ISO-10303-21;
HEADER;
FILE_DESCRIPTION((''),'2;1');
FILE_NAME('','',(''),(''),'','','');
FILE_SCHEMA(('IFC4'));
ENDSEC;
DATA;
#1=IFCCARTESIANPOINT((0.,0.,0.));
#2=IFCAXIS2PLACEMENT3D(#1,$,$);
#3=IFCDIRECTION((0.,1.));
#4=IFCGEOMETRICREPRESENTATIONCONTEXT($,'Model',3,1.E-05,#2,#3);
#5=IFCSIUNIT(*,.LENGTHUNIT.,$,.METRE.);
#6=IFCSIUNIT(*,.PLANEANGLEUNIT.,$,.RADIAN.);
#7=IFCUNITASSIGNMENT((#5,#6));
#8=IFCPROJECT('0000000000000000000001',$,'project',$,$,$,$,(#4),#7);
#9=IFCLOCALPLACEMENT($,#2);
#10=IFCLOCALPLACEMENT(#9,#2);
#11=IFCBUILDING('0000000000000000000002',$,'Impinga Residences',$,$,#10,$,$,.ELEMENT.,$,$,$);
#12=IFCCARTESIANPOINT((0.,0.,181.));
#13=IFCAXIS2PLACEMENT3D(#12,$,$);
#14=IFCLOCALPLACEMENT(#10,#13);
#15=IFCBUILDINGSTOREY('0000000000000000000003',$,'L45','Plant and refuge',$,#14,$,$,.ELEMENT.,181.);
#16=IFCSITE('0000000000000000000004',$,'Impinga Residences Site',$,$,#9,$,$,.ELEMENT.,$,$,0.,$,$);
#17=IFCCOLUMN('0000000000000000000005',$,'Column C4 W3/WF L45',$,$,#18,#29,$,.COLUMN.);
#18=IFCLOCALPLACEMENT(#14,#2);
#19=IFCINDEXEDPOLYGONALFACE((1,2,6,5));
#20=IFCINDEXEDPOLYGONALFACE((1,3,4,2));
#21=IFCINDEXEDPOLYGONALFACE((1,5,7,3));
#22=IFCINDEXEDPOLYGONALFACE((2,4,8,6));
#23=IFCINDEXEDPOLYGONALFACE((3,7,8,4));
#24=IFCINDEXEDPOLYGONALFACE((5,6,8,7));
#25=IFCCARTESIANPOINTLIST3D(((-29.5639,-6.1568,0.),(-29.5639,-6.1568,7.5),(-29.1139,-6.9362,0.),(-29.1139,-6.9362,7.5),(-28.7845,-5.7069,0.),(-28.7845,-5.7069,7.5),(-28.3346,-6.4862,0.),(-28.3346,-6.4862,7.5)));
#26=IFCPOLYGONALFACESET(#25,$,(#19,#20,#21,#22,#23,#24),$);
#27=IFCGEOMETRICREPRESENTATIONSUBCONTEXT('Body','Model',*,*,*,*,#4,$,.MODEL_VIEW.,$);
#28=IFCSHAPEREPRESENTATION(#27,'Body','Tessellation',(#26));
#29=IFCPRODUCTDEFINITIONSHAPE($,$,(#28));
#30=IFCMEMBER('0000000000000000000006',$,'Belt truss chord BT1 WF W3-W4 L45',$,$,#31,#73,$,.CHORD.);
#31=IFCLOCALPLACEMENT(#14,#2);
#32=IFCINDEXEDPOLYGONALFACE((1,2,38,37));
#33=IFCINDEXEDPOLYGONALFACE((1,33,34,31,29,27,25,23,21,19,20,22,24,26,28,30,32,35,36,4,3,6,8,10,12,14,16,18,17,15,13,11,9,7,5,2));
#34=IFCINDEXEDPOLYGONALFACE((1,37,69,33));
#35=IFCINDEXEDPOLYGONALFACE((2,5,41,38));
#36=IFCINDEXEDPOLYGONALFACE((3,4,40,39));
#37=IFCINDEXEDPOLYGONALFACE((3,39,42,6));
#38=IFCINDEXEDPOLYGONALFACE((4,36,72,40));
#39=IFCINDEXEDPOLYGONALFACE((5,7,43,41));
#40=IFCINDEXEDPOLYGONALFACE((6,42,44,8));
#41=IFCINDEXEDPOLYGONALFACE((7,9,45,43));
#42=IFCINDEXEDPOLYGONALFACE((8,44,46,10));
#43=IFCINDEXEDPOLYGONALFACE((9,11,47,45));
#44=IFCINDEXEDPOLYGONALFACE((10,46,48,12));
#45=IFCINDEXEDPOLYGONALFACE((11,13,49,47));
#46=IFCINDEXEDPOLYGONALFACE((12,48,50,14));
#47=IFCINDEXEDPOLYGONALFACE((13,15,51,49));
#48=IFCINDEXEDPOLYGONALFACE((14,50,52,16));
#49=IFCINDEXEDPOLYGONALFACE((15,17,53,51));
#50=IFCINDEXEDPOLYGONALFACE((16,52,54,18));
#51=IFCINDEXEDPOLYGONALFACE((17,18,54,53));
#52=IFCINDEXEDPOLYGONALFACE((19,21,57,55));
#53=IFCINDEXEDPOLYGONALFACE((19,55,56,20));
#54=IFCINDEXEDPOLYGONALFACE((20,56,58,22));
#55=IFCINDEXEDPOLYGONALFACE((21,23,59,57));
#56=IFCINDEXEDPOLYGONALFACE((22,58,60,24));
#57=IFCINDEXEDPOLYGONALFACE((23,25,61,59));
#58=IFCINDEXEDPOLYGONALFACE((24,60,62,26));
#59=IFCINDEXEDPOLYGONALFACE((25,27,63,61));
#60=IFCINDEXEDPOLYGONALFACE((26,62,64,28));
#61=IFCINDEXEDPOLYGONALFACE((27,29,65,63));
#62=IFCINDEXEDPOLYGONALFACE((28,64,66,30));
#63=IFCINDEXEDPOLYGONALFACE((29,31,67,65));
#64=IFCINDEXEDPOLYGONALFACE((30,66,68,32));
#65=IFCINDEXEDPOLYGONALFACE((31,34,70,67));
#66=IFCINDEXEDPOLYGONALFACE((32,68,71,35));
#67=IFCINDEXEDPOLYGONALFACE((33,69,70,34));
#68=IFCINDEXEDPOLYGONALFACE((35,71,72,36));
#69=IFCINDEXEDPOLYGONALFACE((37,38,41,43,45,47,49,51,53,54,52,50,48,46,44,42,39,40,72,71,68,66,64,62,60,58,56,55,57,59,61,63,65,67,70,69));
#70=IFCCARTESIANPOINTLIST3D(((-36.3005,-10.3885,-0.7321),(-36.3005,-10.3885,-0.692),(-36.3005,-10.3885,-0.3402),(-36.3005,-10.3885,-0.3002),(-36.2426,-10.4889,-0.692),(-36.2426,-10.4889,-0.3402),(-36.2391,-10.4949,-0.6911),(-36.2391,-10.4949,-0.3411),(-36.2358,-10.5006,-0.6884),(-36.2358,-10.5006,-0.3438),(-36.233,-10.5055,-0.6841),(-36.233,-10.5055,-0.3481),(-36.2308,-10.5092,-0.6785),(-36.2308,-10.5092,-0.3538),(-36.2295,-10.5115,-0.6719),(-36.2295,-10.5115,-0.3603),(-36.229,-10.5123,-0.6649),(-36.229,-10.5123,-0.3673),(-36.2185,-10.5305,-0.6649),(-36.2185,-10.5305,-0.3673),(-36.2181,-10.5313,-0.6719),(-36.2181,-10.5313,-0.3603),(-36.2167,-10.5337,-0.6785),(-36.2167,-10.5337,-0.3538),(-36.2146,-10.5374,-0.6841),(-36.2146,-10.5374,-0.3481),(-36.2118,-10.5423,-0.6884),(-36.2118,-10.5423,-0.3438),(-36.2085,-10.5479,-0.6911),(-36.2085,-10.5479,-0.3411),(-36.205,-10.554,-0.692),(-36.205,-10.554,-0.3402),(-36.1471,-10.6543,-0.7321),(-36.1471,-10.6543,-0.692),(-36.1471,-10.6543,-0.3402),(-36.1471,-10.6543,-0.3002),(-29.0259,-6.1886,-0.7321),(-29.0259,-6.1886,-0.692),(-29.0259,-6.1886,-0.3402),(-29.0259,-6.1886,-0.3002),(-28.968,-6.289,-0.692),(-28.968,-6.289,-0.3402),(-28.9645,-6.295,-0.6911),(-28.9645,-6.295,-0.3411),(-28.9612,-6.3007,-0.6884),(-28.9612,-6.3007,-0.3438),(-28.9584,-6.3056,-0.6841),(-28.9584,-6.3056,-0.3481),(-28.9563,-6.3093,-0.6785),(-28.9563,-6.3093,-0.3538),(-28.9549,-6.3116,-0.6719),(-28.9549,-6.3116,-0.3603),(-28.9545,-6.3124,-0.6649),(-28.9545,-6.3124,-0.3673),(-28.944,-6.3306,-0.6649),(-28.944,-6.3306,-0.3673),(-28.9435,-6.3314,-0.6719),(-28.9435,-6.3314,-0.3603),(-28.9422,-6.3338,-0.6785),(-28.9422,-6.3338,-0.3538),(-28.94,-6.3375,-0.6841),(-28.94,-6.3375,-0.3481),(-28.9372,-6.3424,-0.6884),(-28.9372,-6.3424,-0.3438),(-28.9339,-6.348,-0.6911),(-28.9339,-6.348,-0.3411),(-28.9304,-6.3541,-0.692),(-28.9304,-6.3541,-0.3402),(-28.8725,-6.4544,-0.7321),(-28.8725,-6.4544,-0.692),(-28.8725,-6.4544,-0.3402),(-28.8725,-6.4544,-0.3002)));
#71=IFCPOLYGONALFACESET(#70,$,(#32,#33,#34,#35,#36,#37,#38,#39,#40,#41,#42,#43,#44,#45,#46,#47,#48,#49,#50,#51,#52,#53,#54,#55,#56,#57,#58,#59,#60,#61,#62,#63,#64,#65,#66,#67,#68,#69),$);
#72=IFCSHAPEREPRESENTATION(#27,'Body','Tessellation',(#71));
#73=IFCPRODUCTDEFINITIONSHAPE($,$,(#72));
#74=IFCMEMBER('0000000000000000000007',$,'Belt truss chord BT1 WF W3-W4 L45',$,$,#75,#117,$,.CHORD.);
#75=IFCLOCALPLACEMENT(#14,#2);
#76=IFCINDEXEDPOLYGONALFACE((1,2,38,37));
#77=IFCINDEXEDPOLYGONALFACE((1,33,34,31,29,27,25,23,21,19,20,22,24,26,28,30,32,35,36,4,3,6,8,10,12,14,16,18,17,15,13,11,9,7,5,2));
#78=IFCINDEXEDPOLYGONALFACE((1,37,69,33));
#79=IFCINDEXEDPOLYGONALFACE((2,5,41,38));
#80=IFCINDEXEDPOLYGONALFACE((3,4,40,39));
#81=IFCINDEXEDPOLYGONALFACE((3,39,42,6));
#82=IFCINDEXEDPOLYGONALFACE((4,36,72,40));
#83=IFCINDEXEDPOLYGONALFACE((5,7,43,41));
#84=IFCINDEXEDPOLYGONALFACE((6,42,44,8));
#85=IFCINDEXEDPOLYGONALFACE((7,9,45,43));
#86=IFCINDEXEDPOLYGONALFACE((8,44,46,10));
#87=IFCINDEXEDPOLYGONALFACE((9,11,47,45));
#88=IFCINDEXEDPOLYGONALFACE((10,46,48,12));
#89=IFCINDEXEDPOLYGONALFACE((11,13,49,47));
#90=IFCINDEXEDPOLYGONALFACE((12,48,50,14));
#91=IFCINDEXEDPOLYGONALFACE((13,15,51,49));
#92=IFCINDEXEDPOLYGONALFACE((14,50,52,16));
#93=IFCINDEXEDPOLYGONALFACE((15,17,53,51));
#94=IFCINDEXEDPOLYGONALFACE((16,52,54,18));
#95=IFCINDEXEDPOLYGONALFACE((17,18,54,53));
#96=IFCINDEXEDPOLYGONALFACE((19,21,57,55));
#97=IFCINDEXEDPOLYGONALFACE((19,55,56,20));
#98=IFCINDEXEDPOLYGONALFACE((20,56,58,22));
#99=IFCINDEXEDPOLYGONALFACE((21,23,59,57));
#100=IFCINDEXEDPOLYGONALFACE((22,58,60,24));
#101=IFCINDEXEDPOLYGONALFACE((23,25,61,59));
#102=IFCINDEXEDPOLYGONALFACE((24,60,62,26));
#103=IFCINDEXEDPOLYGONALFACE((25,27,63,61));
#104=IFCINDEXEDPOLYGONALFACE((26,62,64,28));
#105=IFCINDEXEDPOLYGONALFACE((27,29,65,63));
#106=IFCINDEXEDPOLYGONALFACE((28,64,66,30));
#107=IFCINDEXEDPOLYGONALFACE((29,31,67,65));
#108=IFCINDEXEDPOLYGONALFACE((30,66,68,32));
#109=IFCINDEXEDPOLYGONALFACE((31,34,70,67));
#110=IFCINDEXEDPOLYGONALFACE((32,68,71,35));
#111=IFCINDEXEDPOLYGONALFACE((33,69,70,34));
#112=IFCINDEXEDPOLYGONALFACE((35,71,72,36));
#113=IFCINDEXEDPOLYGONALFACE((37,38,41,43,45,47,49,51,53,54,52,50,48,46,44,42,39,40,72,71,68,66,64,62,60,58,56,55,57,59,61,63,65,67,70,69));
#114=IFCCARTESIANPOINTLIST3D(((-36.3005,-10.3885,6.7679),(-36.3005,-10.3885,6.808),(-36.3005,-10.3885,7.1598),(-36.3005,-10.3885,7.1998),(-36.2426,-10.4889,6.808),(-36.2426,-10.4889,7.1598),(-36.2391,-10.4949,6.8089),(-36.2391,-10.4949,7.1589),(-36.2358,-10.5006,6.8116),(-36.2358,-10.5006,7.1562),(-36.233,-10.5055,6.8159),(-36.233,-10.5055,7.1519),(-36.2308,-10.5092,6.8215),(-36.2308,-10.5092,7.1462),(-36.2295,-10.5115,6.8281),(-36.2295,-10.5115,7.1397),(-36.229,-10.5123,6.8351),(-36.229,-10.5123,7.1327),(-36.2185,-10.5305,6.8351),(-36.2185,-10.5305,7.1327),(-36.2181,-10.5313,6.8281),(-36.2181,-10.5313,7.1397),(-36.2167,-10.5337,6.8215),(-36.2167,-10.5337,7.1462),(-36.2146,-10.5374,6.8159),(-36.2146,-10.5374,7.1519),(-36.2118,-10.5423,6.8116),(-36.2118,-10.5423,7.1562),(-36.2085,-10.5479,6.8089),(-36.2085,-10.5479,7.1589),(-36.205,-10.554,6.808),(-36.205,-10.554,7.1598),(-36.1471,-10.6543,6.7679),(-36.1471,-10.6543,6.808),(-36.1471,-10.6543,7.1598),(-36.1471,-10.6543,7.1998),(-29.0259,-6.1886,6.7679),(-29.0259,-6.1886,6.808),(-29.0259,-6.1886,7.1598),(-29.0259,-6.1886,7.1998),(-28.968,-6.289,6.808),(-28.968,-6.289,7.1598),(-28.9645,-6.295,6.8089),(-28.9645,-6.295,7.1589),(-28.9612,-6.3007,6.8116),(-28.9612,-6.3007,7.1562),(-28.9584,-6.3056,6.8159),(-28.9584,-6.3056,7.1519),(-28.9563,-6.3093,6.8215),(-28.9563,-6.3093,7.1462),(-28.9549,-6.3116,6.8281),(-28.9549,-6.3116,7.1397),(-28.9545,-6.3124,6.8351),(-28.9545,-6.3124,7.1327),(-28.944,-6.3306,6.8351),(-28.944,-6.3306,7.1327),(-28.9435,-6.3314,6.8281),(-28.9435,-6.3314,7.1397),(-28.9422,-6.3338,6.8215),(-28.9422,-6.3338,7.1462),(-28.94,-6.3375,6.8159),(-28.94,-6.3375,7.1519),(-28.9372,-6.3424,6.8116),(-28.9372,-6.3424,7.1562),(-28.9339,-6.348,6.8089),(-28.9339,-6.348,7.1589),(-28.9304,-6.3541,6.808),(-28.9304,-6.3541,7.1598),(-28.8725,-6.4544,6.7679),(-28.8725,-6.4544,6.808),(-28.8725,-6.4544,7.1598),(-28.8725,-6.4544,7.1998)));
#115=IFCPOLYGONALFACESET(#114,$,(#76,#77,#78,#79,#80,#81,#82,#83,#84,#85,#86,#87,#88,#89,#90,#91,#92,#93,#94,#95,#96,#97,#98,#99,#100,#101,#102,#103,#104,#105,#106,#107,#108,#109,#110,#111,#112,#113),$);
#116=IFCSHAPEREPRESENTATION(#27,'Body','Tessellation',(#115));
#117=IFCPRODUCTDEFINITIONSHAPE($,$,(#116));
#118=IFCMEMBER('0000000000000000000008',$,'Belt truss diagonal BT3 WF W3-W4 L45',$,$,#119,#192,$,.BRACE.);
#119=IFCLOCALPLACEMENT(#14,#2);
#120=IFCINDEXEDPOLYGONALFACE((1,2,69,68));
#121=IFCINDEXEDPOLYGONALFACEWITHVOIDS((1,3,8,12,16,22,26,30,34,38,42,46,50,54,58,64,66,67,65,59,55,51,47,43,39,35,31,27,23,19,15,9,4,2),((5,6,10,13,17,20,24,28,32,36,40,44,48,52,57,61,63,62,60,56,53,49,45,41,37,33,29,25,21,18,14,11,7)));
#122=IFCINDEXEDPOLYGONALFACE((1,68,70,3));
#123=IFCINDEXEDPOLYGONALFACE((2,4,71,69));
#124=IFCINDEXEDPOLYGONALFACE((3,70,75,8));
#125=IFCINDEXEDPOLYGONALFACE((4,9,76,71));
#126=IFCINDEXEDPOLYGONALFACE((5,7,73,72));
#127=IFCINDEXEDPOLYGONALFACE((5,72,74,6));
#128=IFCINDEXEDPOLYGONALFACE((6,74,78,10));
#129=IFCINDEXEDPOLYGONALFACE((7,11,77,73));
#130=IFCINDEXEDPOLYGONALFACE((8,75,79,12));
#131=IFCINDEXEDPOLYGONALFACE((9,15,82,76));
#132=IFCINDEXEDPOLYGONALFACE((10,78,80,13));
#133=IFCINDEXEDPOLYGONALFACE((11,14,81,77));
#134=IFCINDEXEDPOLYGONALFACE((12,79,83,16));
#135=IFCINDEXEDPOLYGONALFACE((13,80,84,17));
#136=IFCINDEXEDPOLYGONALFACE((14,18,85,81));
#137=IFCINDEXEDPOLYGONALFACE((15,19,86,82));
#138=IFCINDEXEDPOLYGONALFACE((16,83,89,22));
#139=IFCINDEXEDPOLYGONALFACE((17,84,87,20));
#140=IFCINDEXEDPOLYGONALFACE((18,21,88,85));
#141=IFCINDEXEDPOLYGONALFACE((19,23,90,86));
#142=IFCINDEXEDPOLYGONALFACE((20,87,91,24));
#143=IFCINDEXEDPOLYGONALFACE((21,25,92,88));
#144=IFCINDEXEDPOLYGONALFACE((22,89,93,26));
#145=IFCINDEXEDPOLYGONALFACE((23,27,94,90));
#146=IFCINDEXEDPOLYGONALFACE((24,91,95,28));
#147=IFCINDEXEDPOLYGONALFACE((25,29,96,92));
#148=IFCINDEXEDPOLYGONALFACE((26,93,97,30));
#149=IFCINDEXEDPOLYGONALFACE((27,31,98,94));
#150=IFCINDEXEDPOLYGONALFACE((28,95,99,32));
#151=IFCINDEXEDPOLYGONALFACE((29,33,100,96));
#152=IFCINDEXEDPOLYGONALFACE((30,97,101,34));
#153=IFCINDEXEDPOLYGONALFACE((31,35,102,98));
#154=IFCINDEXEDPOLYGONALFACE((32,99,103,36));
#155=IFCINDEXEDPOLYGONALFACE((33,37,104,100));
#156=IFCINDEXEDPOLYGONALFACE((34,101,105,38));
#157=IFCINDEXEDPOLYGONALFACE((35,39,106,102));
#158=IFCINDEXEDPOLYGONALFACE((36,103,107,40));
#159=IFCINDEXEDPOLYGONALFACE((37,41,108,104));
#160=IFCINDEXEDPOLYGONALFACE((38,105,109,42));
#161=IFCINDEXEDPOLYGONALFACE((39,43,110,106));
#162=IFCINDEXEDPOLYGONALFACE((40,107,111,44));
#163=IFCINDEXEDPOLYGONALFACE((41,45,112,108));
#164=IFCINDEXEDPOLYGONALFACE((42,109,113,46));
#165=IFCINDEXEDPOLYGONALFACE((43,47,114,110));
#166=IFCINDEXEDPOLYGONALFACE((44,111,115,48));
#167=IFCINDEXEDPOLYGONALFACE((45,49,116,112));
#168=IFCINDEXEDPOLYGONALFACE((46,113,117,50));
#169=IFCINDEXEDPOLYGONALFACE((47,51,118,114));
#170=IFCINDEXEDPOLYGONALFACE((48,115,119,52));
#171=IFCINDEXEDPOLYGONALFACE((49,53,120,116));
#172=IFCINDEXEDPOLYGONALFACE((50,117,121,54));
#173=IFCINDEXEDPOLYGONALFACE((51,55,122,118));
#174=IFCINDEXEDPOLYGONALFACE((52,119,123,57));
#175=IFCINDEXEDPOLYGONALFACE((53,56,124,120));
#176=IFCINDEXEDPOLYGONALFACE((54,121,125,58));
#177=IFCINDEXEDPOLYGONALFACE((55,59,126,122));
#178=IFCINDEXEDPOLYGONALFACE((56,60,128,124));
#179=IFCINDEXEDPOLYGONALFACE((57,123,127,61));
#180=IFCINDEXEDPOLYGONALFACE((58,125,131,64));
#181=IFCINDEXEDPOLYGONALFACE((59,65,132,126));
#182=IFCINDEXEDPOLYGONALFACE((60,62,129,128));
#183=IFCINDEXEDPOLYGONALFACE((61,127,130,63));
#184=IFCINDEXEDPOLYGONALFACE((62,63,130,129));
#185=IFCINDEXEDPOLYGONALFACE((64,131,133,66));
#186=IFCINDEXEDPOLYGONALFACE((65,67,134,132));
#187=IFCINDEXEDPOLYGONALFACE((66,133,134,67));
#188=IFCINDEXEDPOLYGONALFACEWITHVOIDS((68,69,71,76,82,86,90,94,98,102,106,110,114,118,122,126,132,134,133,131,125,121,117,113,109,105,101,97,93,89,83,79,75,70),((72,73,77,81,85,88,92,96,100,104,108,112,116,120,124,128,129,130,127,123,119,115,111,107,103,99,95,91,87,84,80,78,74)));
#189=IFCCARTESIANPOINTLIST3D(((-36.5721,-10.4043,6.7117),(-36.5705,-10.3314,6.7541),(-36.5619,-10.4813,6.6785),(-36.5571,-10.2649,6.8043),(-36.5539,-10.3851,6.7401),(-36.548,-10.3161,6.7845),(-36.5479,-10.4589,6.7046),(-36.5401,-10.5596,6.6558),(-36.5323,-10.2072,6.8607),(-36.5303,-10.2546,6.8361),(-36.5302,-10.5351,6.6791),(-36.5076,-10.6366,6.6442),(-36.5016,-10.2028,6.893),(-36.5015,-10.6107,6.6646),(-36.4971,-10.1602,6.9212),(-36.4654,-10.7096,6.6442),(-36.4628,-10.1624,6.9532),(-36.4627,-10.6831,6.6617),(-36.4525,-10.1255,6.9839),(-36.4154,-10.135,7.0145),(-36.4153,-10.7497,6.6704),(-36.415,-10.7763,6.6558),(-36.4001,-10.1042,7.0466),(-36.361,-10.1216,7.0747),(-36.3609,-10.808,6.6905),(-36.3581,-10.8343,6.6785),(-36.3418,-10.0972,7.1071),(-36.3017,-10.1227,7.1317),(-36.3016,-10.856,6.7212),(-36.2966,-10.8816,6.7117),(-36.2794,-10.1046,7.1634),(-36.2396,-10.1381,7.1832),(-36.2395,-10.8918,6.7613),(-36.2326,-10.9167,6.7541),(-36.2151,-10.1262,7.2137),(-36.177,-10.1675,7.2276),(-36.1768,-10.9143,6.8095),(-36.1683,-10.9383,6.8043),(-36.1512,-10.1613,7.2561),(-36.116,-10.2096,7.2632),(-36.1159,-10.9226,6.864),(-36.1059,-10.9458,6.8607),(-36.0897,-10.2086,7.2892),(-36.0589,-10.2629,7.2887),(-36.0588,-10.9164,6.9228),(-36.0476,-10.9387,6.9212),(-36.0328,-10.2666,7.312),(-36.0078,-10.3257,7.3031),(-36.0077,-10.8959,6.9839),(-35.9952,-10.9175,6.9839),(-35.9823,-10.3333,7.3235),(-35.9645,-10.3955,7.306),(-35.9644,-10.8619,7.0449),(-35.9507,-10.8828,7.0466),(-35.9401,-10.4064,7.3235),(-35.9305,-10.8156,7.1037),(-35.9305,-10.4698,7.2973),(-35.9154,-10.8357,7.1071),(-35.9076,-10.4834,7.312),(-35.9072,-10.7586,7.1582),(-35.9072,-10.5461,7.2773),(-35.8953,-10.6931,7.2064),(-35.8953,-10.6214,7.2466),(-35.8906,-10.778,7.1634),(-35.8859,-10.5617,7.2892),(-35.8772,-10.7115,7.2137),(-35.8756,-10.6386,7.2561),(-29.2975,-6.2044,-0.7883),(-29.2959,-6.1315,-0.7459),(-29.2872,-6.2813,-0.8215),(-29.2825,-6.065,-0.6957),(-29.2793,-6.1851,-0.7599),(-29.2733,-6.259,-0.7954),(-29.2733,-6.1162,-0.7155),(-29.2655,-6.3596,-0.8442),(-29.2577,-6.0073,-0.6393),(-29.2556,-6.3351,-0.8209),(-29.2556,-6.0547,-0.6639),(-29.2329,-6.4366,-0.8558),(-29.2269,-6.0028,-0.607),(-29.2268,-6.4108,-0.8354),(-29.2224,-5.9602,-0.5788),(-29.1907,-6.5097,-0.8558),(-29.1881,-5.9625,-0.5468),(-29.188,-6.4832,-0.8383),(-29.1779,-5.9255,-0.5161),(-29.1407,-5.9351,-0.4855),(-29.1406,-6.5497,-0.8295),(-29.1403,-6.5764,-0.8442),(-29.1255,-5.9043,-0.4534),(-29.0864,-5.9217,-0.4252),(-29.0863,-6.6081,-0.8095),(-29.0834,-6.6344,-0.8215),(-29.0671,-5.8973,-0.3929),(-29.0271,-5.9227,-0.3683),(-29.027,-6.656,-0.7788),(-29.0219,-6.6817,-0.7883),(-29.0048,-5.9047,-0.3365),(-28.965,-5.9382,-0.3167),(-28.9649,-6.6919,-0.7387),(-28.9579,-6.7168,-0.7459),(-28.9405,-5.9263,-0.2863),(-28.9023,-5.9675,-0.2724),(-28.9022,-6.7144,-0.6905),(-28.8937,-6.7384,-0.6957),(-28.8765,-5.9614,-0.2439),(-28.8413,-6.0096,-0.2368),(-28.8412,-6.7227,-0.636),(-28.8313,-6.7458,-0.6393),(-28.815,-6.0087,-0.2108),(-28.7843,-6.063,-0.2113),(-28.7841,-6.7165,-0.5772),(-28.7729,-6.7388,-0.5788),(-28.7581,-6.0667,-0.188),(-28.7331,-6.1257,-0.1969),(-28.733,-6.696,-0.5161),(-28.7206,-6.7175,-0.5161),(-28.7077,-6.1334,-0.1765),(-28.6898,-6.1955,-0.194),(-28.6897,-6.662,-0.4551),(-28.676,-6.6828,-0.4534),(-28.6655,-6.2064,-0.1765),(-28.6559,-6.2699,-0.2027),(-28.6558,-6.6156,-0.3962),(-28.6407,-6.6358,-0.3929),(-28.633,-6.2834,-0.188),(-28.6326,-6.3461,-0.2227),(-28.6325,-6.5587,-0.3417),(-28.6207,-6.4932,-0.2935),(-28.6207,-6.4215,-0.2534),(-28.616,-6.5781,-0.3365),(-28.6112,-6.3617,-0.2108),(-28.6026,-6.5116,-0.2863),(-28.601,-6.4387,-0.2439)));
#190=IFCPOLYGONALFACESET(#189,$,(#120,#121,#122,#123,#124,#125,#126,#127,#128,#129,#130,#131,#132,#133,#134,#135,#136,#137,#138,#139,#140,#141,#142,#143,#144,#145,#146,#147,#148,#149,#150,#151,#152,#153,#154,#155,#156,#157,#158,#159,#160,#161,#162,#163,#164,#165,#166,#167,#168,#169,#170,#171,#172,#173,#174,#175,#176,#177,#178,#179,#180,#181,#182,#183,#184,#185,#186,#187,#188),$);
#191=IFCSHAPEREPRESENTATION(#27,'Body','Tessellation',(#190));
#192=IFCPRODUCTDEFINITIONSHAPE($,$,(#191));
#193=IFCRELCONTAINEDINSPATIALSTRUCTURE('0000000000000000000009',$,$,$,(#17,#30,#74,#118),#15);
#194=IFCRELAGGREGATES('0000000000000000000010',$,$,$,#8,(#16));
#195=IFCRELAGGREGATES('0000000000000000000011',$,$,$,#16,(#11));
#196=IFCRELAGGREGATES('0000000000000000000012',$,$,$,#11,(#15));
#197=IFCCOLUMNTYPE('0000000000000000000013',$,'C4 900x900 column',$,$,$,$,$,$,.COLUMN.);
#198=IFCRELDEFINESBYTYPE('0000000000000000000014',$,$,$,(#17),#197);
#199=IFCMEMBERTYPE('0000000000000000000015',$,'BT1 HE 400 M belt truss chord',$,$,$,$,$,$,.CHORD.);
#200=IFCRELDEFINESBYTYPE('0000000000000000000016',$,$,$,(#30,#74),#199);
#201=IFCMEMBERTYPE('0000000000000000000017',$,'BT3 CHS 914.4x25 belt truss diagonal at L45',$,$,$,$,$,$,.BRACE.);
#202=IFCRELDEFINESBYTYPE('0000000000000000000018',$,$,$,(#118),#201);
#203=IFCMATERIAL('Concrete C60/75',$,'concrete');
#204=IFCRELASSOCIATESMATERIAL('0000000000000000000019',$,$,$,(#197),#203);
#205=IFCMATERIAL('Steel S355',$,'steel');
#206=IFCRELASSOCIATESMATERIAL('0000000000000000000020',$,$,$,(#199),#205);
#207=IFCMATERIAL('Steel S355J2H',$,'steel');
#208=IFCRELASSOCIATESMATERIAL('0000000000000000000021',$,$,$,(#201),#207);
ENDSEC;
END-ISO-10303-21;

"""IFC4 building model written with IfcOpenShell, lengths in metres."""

from ifc_helpers import new_model, si_unit, direction, frame, origin, origin_2d, place, context, subcontext, project, spatial, rectangle, hollow_circle, i_section, extrude, material, material_profile, profile_set, type_object, element, save


model = new_model("IFC4")

# Units and contexts
model_context = context("Model", 3, precision=1e-05, world=origin(), true_north=direction((0.0, 1.0)))
body_context = subcontext(model_context, "Body", "Model", "MODEL_VIEW")
ifc_project = project(units=[si_unit("LENGTHUNIT", "METRE"), si_unit("PLANEANGLEUNIT", "RADIAN")], contexts=[model_context])

# Site, building, storey
site_placement = place(None, origin())
site = spatial("IfcSite", under=ifc_project, at=site_placement, Name="Impinga Residences Site", CompositionType="ELEMENT", RefElevation=0.0)
building_placement = place(site_placement, origin())
building = spatial("IfcBuilding", under=site, at=building_placement, Name="Impinga Residences", CompositionType="ELEMENT")
storey_placement = place(building_placement, frame((0.0, 0.0, 181.0)))
storey = spatial("IfcBuildingStorey", under=building, at=storey_placement, Name="L45", Description="Plant and refuge", CompositionType="ELEMENT", Elevation=181.0)

# Column
ifc_material_1 = material(Name="Concrete C60/75", Category="concrete")
ifc_material_profile_1 = material_profile(ifc_material_1, rectangle(XDim=0.8999, YDim=0.8999, at=origin_2d()), Name="RC 900x900")
ifc_profile_set_1 = profile_set([ifc_material_profile_1], Name="Concrete C60/75")
column_type = type_object("IfcColumnType", Name="C4 900x900 column", PredefinedType="COLUMN", material=ifc_profile_set_1)
column_placement = place(storey_placement, frame((-28.9492, -6.3215, 0.0), z_axis=(0.0, 0.0, 1.0), x_axis=(-0.5, 0.866025, 0.0)))
element("IfcColumn", 1, at=column_placement, inside=storey, type_object=column_type, Name="Column C4 W3/WF L45", PredefinedType="COLUMN", context=body_context, shape_type="SweptSolid", body=[
    extrude(rectangle(XDim=0.8999, YDim=0.8999, at=origin_2d()), origin(), (0.0, 0.0, 1.0), 7.5),
])

# Members
ifc_material_2 = material(Name="Steel S355", Category="steel")
ifc_material_profile_2 = material_profile(ifc_material_2, i_section(OverallWidth=0.3069, OverallDepth=0.4319, WebThickness=0.021, FlangeThickness=0.04, FilletRadius=0.0271, at=origin_2d()), Name="HE 400 M")
ifc_profile_set_2 = profile_set([ifc_material_profile_2], Name="Steel S355")
member_type_1 = type_object("IfcMemberType", Name="BT1 HE 400 M belt truss chord", PredefinedType="CHORD", material=ifc_profile_set_2)
for number, where, z_axis, x_axis, name in (
    (2, (-28.9492, -6.3215, -0.5161), (-0.866029, -0.499993, 0.0), (0.499993, -0.866029, 0.0), "Belt truss chord BT1 WF W3-W4 L45"),
    (3, (-28.9492, -6.3215, 6.9839), (-0.866029, -0.499993, 0.0), (0.499993, -0.866029, 0.0), "Belt truss chord BT1 WF W3-W4 L45"),
):
    element("IfcMember", number, at=place(storey_placement, frame(where, z_axis=z_axis, x_axis=x_axis)), inside=storey, type_object=member_type_1, Name=name, PredefinedType="CHORD", context=body_context, shape_type="SweptSolid", body=[
        extrude(i_section(OverallWidth=0.3069, OverallDepth=0.4319, WebThickness=0.021, FlangeThickness=0.04, FilletRadius=0.0271, at=origin_2d()), origin(), (0.0, 0.0, 1.0), 8.3999),
    ])
ifc_material_3 = material(Name="Steel S355J2H", Category="steel")
ifc_material_profile_3 = material_profile(ifc_material_3, hollow_circle(Radius=0.4573, WallThickness=0.0249, at=origin_2d()), Name="CHS 914.4x25")
ifc_profile_set_3 = profile_set([ifc_material_profile_3], Name="Steel S355J2H")
member_type_2 = type_object("IfcMemberType", Name="BT3 CHS 914.4x25 belt truss diagonal at L45", PredefinedType="BRACE", material=ifc_profile_set_3)
member_1_placement = place(storey_placement, frame((-28.9492, -6.3215, -0.5161), z_axis=(-0.646004, -0.372964, 0.666015), x_axis=(0.499993, -0.866029, 0.0)))
element("IfcMember", 4, at=member_1_placement, inside=storey, type_object=member_type_2, Name="Belt truss diagonal BT3 WF W3-W4 L45", PredefinedType="BRACE", context=body_context, shape_type="SweptSolid", body=[
    extrude(hollow_circle(Radius=0.4573, WallThickness=0.0249, at=origin_2d()), origin(), (0.0, 0.0, 1.0), 11.261),
])

save(model, "model.ifc")
